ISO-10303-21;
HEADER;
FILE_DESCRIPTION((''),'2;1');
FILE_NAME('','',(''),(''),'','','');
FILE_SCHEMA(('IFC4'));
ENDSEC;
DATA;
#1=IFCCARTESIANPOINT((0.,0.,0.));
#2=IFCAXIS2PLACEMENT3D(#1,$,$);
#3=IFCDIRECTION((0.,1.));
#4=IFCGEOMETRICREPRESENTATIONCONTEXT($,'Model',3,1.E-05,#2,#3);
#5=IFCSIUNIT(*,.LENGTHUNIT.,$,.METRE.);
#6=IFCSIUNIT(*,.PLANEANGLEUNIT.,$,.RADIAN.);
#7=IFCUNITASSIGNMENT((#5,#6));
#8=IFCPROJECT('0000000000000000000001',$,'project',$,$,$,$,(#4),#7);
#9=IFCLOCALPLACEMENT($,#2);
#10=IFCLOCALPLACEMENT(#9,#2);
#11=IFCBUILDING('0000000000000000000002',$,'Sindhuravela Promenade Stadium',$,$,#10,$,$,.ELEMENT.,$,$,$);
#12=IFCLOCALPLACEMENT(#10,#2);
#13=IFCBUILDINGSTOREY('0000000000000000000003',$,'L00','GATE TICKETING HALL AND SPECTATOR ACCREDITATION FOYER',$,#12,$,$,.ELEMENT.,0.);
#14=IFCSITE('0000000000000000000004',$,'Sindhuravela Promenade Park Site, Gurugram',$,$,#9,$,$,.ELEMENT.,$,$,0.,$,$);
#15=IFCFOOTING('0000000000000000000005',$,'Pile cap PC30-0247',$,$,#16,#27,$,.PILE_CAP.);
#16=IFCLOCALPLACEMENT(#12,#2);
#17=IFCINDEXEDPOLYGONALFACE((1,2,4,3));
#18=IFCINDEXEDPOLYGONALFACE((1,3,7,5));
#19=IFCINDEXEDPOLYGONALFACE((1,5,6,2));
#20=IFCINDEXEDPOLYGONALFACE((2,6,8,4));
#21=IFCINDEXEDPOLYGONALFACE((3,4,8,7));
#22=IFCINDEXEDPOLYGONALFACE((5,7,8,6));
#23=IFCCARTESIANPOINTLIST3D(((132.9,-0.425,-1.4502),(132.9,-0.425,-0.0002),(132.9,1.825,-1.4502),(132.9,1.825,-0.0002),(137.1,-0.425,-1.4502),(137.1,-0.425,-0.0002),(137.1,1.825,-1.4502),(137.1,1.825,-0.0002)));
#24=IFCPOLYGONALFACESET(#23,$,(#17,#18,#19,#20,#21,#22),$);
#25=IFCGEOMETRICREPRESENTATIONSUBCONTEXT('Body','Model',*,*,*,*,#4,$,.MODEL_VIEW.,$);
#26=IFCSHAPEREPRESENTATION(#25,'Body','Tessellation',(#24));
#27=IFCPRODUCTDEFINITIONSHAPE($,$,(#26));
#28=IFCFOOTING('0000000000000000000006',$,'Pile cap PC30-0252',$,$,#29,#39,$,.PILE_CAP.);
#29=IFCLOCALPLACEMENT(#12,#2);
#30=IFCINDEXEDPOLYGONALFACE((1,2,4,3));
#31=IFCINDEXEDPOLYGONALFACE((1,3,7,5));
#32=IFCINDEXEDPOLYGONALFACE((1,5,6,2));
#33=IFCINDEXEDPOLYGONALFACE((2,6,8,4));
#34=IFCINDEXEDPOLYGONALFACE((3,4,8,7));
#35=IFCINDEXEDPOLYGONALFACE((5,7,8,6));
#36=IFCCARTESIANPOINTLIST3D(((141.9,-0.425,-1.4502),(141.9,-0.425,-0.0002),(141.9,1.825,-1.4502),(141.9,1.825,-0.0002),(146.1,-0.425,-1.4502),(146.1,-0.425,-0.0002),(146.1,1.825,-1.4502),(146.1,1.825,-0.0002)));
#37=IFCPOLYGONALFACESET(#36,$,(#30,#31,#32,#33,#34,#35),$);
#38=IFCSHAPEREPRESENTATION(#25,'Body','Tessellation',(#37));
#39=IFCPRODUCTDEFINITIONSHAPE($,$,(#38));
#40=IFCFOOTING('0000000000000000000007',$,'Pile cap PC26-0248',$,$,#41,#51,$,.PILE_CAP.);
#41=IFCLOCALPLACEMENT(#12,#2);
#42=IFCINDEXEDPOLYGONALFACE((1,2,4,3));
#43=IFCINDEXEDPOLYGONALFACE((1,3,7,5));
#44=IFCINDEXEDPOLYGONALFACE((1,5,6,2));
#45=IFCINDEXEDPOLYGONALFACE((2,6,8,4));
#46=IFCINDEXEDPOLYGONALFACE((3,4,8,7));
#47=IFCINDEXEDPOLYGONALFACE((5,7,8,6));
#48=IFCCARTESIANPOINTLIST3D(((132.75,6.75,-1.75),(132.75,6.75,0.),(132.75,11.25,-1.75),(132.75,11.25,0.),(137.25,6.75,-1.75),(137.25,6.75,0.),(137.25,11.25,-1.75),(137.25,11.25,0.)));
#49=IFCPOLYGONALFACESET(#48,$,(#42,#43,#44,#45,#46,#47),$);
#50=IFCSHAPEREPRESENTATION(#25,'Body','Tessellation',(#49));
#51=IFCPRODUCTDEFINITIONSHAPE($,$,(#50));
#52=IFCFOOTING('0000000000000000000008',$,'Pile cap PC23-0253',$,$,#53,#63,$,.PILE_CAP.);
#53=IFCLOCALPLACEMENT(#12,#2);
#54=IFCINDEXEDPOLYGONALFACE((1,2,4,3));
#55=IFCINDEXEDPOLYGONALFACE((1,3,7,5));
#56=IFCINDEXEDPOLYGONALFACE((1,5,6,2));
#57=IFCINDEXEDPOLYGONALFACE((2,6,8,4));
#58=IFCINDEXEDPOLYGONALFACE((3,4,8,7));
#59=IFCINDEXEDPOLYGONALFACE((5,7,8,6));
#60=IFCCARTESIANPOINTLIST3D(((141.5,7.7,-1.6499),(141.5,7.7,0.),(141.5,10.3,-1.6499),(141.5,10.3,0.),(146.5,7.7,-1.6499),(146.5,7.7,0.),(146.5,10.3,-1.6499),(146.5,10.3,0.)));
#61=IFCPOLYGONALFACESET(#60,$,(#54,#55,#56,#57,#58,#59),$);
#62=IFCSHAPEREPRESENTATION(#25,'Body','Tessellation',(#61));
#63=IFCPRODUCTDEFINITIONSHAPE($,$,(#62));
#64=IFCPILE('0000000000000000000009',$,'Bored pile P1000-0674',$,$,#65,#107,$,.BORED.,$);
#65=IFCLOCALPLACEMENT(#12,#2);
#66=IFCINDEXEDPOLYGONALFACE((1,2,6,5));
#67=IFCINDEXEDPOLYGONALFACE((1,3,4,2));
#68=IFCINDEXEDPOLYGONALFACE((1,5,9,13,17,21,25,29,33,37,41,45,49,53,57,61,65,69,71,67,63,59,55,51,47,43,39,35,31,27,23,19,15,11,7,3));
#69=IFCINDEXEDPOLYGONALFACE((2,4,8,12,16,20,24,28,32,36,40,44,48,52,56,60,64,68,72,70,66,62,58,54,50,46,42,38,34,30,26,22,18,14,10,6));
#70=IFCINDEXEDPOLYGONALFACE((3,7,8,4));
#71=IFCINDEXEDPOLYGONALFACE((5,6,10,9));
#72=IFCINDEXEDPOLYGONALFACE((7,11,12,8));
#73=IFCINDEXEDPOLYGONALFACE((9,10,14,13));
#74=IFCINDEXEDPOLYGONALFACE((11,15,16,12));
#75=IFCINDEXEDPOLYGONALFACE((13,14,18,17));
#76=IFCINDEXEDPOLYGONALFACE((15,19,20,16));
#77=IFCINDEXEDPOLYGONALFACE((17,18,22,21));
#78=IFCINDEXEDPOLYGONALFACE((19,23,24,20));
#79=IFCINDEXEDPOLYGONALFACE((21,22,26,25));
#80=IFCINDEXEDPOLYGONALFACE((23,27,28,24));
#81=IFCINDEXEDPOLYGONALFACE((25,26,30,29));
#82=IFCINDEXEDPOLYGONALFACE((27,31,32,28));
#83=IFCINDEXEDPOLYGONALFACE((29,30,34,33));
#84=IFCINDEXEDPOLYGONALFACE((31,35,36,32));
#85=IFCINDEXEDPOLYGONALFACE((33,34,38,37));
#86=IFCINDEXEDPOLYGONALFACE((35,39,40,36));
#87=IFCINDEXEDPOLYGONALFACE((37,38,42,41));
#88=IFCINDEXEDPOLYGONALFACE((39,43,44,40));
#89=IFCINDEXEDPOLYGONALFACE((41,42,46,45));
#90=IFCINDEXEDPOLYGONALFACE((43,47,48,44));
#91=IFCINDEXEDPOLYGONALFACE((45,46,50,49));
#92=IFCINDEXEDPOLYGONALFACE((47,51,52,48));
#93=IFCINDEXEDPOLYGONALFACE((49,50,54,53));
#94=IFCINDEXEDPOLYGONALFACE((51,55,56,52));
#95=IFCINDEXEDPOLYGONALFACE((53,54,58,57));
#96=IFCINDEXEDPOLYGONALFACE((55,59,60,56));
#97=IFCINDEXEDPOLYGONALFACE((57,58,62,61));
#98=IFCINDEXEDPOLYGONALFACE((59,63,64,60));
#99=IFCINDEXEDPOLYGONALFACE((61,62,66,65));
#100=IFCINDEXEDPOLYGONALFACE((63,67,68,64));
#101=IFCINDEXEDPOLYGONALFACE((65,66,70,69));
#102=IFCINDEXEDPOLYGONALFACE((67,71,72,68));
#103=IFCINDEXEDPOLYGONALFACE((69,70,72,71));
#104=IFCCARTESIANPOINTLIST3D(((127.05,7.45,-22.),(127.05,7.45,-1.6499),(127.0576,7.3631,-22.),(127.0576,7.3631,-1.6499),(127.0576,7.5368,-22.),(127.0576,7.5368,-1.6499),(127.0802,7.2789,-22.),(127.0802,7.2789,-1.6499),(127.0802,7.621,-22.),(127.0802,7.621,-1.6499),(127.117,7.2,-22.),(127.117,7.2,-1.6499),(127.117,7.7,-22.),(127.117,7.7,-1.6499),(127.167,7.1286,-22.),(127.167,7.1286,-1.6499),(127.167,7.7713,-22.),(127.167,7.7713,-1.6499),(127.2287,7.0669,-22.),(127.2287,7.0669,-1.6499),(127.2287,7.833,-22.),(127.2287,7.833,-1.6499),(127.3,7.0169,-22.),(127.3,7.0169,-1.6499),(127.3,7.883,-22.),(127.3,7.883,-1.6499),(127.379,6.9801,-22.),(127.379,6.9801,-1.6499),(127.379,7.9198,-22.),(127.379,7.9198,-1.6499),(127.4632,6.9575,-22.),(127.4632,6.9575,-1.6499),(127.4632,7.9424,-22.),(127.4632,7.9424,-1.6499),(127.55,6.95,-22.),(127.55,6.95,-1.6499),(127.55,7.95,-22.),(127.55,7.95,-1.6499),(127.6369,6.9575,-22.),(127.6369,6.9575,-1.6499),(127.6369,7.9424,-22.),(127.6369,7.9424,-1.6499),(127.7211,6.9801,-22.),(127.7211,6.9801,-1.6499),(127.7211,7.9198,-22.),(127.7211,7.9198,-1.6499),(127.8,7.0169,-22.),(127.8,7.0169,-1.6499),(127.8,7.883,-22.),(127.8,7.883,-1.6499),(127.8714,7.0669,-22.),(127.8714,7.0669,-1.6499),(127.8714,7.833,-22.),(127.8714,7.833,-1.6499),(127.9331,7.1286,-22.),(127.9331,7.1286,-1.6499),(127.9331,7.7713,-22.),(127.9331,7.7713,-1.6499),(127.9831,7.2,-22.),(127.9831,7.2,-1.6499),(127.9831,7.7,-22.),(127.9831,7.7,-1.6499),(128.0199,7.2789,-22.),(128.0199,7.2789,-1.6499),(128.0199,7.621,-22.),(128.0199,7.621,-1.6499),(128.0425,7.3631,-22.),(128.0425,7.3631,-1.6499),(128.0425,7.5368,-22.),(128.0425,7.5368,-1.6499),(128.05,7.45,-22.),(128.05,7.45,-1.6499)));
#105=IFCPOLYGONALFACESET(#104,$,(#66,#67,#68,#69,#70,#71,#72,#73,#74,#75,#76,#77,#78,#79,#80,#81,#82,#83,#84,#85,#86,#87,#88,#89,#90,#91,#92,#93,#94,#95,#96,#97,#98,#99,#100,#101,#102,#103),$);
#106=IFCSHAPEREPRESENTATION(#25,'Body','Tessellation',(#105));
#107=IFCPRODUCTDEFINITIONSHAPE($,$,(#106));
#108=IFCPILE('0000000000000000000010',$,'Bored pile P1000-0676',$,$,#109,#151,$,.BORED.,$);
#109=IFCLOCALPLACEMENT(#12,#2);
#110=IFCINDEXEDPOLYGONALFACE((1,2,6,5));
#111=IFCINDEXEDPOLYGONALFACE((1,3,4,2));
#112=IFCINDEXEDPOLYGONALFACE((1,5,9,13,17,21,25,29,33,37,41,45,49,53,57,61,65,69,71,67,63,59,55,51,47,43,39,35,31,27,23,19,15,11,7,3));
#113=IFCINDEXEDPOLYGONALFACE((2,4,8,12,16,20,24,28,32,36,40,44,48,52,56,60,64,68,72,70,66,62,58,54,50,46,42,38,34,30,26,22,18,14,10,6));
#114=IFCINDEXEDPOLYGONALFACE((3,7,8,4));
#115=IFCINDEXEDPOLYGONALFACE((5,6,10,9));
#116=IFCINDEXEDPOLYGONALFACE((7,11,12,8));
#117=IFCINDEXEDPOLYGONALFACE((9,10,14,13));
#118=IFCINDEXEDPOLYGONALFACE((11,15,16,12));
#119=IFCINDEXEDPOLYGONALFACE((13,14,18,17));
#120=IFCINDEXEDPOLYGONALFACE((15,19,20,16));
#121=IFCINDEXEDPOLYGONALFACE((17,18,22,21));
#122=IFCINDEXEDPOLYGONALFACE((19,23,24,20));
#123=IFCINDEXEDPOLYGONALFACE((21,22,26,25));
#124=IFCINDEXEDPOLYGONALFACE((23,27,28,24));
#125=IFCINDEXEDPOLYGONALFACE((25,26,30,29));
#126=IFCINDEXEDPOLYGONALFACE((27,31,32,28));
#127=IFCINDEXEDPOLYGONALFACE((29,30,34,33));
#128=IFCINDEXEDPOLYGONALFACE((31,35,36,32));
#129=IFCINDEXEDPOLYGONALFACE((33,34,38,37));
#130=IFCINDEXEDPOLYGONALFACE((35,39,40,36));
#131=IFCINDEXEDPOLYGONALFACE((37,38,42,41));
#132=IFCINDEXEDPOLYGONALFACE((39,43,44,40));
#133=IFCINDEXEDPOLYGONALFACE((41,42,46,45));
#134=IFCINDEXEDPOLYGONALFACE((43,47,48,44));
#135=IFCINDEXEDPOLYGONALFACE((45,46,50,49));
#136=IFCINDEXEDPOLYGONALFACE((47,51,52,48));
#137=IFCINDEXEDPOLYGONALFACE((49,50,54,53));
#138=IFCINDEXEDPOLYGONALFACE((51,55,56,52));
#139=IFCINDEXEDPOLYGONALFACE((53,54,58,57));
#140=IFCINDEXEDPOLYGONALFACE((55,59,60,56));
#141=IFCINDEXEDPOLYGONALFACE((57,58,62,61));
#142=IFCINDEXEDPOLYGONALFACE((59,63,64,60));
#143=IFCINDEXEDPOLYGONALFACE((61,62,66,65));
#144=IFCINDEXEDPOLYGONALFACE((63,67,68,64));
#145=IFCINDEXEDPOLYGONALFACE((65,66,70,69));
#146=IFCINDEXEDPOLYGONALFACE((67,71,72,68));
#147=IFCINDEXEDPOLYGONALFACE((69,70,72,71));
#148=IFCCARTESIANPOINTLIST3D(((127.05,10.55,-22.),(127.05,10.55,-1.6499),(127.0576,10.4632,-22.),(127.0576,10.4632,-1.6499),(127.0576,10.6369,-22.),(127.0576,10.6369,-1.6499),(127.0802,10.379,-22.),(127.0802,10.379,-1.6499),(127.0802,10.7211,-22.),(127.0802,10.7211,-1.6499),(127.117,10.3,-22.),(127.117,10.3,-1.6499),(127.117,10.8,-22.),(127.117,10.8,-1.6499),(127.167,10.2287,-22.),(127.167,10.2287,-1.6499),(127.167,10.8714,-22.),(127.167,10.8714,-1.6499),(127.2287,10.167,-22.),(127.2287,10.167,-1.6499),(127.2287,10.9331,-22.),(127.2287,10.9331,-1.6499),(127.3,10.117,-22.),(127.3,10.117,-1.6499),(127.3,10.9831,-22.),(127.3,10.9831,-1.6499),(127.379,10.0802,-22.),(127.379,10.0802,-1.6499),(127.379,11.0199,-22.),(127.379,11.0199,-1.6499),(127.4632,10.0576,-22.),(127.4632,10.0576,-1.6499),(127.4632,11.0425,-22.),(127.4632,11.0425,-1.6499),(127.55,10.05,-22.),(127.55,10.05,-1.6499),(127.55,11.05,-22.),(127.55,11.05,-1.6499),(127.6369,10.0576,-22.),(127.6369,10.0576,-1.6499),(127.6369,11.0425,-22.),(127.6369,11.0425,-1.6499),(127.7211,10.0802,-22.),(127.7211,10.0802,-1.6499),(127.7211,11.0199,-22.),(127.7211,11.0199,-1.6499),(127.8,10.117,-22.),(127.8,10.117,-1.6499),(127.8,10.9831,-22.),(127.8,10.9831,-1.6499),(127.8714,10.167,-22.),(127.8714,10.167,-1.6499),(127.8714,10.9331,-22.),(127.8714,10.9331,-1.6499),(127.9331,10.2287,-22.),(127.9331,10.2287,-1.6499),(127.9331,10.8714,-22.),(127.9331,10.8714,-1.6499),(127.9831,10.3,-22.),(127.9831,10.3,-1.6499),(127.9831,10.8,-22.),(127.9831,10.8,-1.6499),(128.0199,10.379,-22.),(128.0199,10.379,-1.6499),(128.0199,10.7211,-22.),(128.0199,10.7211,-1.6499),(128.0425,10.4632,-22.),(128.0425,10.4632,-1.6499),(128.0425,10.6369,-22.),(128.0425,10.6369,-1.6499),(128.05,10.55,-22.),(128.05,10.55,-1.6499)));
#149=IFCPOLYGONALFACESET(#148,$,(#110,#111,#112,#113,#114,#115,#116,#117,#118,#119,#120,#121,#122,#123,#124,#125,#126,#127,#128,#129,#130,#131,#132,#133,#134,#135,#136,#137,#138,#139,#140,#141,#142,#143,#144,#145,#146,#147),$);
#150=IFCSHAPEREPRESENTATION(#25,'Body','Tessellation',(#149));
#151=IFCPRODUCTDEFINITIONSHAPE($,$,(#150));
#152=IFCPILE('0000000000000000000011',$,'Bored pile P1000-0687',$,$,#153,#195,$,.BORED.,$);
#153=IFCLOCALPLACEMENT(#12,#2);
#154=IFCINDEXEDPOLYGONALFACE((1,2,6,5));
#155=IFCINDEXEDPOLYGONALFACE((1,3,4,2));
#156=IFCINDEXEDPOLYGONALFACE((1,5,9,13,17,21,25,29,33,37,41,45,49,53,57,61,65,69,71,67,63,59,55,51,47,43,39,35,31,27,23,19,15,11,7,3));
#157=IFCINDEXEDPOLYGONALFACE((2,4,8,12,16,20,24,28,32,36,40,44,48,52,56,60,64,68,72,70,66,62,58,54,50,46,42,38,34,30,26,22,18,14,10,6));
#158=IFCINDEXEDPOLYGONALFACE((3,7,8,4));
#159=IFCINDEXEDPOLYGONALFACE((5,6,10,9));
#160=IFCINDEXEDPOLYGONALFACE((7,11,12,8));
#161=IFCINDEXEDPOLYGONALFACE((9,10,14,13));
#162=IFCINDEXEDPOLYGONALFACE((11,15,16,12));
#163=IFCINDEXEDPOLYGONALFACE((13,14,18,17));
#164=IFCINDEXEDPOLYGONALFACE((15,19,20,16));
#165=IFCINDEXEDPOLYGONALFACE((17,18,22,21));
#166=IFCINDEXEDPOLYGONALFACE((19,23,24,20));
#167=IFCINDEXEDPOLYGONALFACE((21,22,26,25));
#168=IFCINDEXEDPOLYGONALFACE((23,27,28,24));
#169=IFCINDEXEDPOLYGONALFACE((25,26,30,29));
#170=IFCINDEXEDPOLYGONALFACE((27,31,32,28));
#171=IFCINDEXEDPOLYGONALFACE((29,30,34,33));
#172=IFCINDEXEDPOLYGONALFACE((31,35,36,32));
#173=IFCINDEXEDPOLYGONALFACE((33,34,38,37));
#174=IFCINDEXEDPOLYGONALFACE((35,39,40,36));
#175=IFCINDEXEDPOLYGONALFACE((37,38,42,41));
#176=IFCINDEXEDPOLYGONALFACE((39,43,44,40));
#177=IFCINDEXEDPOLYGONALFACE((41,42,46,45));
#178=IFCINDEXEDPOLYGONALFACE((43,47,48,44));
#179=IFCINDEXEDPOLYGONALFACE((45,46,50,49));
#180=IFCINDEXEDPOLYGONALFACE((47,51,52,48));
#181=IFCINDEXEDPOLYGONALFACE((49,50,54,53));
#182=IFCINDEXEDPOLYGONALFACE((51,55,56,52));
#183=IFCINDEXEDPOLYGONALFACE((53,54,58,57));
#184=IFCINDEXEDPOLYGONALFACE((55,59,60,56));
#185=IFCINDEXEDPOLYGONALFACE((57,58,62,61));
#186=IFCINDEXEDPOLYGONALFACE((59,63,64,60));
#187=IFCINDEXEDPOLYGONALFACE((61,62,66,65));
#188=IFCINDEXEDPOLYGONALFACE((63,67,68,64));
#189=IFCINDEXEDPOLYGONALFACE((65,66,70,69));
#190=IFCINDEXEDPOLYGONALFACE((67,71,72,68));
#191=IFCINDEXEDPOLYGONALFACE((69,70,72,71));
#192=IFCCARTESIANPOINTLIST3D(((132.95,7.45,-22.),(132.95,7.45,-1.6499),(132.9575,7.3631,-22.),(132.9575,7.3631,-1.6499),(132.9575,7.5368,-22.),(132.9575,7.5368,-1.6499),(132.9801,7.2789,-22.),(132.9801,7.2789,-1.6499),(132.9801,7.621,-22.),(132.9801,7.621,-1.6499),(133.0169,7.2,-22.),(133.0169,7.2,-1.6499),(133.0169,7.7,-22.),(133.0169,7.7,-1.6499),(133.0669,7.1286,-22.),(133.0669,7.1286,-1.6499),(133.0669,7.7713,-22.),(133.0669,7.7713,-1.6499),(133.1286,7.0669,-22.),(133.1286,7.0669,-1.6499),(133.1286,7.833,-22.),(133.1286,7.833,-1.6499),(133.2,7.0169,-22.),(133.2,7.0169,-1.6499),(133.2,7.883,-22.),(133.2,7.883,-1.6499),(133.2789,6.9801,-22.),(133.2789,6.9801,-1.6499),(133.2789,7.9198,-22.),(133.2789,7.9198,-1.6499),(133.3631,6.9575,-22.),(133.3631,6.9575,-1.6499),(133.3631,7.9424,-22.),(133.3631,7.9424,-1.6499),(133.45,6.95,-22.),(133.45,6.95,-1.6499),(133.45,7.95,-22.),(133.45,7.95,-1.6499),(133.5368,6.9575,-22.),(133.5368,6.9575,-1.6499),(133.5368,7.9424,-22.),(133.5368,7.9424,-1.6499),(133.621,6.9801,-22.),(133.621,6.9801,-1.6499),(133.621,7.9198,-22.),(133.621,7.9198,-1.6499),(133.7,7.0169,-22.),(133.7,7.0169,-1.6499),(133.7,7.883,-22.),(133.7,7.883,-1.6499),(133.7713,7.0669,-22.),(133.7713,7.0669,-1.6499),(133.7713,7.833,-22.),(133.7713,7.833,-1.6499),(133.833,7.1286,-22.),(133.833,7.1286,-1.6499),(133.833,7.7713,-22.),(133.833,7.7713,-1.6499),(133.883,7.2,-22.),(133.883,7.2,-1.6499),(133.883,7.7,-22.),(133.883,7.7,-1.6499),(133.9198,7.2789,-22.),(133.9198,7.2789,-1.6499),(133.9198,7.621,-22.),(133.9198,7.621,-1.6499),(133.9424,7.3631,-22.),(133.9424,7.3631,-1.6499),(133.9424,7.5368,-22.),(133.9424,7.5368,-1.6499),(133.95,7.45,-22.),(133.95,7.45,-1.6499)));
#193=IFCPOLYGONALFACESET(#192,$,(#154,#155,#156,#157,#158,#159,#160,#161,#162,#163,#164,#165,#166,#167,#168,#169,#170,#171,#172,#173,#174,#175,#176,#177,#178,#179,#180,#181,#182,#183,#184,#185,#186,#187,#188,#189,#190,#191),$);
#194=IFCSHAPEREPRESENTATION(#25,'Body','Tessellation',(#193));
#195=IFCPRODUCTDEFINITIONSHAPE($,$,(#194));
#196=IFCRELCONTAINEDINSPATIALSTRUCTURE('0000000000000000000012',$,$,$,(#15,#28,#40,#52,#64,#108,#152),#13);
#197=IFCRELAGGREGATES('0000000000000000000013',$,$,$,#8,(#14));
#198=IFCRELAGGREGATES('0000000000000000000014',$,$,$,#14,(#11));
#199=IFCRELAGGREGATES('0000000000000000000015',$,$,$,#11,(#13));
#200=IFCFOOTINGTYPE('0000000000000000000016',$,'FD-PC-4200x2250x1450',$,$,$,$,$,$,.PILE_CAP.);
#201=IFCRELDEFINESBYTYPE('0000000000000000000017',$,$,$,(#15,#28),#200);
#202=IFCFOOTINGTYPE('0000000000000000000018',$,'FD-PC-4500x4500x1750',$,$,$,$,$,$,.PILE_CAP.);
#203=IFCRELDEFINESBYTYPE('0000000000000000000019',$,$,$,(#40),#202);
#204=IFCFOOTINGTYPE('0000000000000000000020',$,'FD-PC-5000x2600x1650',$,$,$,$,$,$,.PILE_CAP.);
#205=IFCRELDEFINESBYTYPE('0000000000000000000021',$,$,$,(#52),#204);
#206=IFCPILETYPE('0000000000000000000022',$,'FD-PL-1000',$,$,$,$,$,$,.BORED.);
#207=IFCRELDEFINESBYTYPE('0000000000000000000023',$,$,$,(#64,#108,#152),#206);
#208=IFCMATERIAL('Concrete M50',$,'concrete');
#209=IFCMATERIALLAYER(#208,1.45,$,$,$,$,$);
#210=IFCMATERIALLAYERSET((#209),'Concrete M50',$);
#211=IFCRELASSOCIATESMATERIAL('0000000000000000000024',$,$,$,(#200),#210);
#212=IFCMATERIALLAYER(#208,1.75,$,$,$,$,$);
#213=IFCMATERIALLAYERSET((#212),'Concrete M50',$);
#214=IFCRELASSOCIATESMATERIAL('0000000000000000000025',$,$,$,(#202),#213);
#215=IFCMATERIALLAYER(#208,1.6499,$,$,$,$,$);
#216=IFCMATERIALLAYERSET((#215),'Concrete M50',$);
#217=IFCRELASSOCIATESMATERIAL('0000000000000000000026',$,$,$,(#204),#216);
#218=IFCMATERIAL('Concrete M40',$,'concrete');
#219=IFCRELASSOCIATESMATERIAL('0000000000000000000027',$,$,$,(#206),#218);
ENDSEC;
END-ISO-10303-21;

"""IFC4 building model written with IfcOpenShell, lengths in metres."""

from ifc_helpers import new_model, si_unit, direction, frame, origin, origin_2d, place, context, subcontext, project, spatial, rectangle, circle, extrude, material, layer, layer_set, material_profile, profile_set, type_object, element, save


model = new_model("IFC4")

# Units and contexts
model_context = context("Model", 3, precision=1e-05, world=origin(), true_north=direction((0.0, 1.0)))
body_context = subcontext(model_context, "Body", "Model", "MODEL_VIEW")
ifc_project = project(units=[si_unit("LENGTHUNIT", "METRE"), si_unit("PLANEANGLEUNIT", "RADIAN")], contexts=[model_context])

# Site, building, storey
site_placement = place(None, origin())
site = spatial("IfcSite", under=ifc_project, at=site_placement, Name="Sindhuravela Promenade Park Site, Gurugram", CompositionType="ELEMENT", RefElevation=0.0)
building_placement = place(site_placement, origin())
building = spatial("IfcBuilding", under=site, at=building_placement, Name="Sindhuravela Promenade Stadium", CompositionType="ELEMENT")
storey_placement = place(building_placement, origin())
storey = spatial("IfcBuildingStorey", under=building, at=storey_placement, Name="L00", Description="GATE TICKETING HALL AND SPECTATOR ACCREDITATION FOYER", CompositionType="ELEMENT", Elevation=0.0)

# Footings
ifc_material_1 = material(Name="Concrete M50", Category="concrete")
ifc_layer_1 = layer(ifc_material_1, 1.45)
ifc_layer_set_1 = layer_set([ifc_layer_1], Name="Concrete M50")
footing_type_1 = type_object("IfcFootingType", Name="FD-PC-4200x2250x1450", PredefinedType="PILE_CAP", material=ifc_layer_set_1)
for number, where, z_axis, x_axis, name in (
    (1, (135.0, 0.7, -1.4502), (0.0, 0.0, 1.0), (1.0, 0.0, 0.0), "Pile cap PC30-0247"),
    (2, (144.0, 0.7, -1.4502), (0.0, 0.0, 1.0), (1.0, 0.0, 0.0), "Pile cap PC30-0252"),
):
    element("IfcFooting", number, at=place(storey_placement, frame(where, z_axis=z_axis, x_axis=x_axis)), inside=storey, type_object=footing_type_1, Name=name, PredefinedType="PILE_CAP", context=body_context, shape_type="SweptSolid", body=[
        extrude(rectangle(XDim=4.2, YDim=2.25, at=origin_2d()), origin(), (0.0, 0.0, 1.0), 1.45),
    ])
ifc_layer_2 = layer(ifc_material_1, 1.75)
ifc_layer_set_2 = layer_set([ifc_layer_2], Name="Concrete M50")
footing_type_2 = type_object("IfcFootingType", Name="FD-PC-4500x4500x1750", PredefinedType="PILE_CAP", material=ifc_layer_set_2)
footing_1_placement = place(storey_placement, frame((135.0, 9.0, -1.75), z_axis=(0.0, 0.0, 1.0), x_axis=(1.0, 0.0, 0.0)))
element("IfcFooting", 3, at=footing_1_placement, inside=storey, type_object=footing_type_2, Name="Pile cap PC26-0248", PredefinedType="PILE_CAP", context=body_context, shape_type="SweptSolid", body=[
    extrude(rectangle(XDim=4.5, YDim=4.5, at=origin_2d()), origin(), (0.0, 0.0, 1.0), 1.75),
])
ifc_layer_3 = layer(ifc_material_1, 1.6499)
ifc_layer_set_3 = layer_set([ifc_layer_3], Name="Concrete M50")
footing_type_3 = type_object("IfcFootingType", Name="FD-PC-5000x2600x1650", PredefinedType="PILE_CAP", material=ifc_layer_set_3)
footing_2_placement = place(storey_placement, frame((144.0, 9.0, -1.6499), z_axis=(0.0, 0.0, 1.0), x_axis=(1.0, 0.0, 0.0)))
element("IfcFooting", 4, at=footing_2_placement, inside=storey, type_object=footing_type_3, Name="Pile cap PC23-0253", PredefinedType="PILE_CAP", context=body_context, shape_type="SweptSolid", body=[
    extrude(rectangle(XDim=5.0, YDim=2.6001, at=origin_2d()), origin(), (0.0, 0.0, 1.0), 1.6499),
])

# Piles
ifc_material_2 = material(Name="Concrete M40", Category="concrete")
ifc_material_profile_1 = material_profile(ifc_material_2, circle(Radius=0.5, at=origin_2d()), Name="BORED PILE D1000")
ifc_profile_set_1 = profile_set([ifc_material_profile_1], Name="Concrete M40")
pile_type_1 = type_object("IfcPileType", Name="FD-PL-1000", PredefinedType="BORED", material=ifc_profile_set_1)
for number, where, z_axis, x_axis, name in (
    (5, (127.55, 7.45, -1.6499), (0.0, 0.0, -1.0), (1.0, 0.0, 0.0), "Bored pile P1000-0674"),
    (6, (127.55, 10.55, -1.6499), (0.0, 0.0, -1.0), (1.0, 0.0, 0.0), "Bored pile P1000-0676"),
    (7, (133.45, 7.45, -1.6499), (0.0, 0.0, -1.0), (1.0, 0.0, 0.0), "Bored pile P1000-0687"),
):
    element("IfcPile", number, at=place(storey_placement, frame(where, z_axis=z_axis, x_axis=x_axis)), inside=storey, type_object=pile_type_1, Name=name, PredefinedType="BORED", context=body_context, shape_type="SweptSolid", body=[
        extrude(circle(Radius=0.5, at=origin_2d()), origin(), (0.0, 0.0, 1.0), 20.3501),
    ])

save(model, "model.ifc")
